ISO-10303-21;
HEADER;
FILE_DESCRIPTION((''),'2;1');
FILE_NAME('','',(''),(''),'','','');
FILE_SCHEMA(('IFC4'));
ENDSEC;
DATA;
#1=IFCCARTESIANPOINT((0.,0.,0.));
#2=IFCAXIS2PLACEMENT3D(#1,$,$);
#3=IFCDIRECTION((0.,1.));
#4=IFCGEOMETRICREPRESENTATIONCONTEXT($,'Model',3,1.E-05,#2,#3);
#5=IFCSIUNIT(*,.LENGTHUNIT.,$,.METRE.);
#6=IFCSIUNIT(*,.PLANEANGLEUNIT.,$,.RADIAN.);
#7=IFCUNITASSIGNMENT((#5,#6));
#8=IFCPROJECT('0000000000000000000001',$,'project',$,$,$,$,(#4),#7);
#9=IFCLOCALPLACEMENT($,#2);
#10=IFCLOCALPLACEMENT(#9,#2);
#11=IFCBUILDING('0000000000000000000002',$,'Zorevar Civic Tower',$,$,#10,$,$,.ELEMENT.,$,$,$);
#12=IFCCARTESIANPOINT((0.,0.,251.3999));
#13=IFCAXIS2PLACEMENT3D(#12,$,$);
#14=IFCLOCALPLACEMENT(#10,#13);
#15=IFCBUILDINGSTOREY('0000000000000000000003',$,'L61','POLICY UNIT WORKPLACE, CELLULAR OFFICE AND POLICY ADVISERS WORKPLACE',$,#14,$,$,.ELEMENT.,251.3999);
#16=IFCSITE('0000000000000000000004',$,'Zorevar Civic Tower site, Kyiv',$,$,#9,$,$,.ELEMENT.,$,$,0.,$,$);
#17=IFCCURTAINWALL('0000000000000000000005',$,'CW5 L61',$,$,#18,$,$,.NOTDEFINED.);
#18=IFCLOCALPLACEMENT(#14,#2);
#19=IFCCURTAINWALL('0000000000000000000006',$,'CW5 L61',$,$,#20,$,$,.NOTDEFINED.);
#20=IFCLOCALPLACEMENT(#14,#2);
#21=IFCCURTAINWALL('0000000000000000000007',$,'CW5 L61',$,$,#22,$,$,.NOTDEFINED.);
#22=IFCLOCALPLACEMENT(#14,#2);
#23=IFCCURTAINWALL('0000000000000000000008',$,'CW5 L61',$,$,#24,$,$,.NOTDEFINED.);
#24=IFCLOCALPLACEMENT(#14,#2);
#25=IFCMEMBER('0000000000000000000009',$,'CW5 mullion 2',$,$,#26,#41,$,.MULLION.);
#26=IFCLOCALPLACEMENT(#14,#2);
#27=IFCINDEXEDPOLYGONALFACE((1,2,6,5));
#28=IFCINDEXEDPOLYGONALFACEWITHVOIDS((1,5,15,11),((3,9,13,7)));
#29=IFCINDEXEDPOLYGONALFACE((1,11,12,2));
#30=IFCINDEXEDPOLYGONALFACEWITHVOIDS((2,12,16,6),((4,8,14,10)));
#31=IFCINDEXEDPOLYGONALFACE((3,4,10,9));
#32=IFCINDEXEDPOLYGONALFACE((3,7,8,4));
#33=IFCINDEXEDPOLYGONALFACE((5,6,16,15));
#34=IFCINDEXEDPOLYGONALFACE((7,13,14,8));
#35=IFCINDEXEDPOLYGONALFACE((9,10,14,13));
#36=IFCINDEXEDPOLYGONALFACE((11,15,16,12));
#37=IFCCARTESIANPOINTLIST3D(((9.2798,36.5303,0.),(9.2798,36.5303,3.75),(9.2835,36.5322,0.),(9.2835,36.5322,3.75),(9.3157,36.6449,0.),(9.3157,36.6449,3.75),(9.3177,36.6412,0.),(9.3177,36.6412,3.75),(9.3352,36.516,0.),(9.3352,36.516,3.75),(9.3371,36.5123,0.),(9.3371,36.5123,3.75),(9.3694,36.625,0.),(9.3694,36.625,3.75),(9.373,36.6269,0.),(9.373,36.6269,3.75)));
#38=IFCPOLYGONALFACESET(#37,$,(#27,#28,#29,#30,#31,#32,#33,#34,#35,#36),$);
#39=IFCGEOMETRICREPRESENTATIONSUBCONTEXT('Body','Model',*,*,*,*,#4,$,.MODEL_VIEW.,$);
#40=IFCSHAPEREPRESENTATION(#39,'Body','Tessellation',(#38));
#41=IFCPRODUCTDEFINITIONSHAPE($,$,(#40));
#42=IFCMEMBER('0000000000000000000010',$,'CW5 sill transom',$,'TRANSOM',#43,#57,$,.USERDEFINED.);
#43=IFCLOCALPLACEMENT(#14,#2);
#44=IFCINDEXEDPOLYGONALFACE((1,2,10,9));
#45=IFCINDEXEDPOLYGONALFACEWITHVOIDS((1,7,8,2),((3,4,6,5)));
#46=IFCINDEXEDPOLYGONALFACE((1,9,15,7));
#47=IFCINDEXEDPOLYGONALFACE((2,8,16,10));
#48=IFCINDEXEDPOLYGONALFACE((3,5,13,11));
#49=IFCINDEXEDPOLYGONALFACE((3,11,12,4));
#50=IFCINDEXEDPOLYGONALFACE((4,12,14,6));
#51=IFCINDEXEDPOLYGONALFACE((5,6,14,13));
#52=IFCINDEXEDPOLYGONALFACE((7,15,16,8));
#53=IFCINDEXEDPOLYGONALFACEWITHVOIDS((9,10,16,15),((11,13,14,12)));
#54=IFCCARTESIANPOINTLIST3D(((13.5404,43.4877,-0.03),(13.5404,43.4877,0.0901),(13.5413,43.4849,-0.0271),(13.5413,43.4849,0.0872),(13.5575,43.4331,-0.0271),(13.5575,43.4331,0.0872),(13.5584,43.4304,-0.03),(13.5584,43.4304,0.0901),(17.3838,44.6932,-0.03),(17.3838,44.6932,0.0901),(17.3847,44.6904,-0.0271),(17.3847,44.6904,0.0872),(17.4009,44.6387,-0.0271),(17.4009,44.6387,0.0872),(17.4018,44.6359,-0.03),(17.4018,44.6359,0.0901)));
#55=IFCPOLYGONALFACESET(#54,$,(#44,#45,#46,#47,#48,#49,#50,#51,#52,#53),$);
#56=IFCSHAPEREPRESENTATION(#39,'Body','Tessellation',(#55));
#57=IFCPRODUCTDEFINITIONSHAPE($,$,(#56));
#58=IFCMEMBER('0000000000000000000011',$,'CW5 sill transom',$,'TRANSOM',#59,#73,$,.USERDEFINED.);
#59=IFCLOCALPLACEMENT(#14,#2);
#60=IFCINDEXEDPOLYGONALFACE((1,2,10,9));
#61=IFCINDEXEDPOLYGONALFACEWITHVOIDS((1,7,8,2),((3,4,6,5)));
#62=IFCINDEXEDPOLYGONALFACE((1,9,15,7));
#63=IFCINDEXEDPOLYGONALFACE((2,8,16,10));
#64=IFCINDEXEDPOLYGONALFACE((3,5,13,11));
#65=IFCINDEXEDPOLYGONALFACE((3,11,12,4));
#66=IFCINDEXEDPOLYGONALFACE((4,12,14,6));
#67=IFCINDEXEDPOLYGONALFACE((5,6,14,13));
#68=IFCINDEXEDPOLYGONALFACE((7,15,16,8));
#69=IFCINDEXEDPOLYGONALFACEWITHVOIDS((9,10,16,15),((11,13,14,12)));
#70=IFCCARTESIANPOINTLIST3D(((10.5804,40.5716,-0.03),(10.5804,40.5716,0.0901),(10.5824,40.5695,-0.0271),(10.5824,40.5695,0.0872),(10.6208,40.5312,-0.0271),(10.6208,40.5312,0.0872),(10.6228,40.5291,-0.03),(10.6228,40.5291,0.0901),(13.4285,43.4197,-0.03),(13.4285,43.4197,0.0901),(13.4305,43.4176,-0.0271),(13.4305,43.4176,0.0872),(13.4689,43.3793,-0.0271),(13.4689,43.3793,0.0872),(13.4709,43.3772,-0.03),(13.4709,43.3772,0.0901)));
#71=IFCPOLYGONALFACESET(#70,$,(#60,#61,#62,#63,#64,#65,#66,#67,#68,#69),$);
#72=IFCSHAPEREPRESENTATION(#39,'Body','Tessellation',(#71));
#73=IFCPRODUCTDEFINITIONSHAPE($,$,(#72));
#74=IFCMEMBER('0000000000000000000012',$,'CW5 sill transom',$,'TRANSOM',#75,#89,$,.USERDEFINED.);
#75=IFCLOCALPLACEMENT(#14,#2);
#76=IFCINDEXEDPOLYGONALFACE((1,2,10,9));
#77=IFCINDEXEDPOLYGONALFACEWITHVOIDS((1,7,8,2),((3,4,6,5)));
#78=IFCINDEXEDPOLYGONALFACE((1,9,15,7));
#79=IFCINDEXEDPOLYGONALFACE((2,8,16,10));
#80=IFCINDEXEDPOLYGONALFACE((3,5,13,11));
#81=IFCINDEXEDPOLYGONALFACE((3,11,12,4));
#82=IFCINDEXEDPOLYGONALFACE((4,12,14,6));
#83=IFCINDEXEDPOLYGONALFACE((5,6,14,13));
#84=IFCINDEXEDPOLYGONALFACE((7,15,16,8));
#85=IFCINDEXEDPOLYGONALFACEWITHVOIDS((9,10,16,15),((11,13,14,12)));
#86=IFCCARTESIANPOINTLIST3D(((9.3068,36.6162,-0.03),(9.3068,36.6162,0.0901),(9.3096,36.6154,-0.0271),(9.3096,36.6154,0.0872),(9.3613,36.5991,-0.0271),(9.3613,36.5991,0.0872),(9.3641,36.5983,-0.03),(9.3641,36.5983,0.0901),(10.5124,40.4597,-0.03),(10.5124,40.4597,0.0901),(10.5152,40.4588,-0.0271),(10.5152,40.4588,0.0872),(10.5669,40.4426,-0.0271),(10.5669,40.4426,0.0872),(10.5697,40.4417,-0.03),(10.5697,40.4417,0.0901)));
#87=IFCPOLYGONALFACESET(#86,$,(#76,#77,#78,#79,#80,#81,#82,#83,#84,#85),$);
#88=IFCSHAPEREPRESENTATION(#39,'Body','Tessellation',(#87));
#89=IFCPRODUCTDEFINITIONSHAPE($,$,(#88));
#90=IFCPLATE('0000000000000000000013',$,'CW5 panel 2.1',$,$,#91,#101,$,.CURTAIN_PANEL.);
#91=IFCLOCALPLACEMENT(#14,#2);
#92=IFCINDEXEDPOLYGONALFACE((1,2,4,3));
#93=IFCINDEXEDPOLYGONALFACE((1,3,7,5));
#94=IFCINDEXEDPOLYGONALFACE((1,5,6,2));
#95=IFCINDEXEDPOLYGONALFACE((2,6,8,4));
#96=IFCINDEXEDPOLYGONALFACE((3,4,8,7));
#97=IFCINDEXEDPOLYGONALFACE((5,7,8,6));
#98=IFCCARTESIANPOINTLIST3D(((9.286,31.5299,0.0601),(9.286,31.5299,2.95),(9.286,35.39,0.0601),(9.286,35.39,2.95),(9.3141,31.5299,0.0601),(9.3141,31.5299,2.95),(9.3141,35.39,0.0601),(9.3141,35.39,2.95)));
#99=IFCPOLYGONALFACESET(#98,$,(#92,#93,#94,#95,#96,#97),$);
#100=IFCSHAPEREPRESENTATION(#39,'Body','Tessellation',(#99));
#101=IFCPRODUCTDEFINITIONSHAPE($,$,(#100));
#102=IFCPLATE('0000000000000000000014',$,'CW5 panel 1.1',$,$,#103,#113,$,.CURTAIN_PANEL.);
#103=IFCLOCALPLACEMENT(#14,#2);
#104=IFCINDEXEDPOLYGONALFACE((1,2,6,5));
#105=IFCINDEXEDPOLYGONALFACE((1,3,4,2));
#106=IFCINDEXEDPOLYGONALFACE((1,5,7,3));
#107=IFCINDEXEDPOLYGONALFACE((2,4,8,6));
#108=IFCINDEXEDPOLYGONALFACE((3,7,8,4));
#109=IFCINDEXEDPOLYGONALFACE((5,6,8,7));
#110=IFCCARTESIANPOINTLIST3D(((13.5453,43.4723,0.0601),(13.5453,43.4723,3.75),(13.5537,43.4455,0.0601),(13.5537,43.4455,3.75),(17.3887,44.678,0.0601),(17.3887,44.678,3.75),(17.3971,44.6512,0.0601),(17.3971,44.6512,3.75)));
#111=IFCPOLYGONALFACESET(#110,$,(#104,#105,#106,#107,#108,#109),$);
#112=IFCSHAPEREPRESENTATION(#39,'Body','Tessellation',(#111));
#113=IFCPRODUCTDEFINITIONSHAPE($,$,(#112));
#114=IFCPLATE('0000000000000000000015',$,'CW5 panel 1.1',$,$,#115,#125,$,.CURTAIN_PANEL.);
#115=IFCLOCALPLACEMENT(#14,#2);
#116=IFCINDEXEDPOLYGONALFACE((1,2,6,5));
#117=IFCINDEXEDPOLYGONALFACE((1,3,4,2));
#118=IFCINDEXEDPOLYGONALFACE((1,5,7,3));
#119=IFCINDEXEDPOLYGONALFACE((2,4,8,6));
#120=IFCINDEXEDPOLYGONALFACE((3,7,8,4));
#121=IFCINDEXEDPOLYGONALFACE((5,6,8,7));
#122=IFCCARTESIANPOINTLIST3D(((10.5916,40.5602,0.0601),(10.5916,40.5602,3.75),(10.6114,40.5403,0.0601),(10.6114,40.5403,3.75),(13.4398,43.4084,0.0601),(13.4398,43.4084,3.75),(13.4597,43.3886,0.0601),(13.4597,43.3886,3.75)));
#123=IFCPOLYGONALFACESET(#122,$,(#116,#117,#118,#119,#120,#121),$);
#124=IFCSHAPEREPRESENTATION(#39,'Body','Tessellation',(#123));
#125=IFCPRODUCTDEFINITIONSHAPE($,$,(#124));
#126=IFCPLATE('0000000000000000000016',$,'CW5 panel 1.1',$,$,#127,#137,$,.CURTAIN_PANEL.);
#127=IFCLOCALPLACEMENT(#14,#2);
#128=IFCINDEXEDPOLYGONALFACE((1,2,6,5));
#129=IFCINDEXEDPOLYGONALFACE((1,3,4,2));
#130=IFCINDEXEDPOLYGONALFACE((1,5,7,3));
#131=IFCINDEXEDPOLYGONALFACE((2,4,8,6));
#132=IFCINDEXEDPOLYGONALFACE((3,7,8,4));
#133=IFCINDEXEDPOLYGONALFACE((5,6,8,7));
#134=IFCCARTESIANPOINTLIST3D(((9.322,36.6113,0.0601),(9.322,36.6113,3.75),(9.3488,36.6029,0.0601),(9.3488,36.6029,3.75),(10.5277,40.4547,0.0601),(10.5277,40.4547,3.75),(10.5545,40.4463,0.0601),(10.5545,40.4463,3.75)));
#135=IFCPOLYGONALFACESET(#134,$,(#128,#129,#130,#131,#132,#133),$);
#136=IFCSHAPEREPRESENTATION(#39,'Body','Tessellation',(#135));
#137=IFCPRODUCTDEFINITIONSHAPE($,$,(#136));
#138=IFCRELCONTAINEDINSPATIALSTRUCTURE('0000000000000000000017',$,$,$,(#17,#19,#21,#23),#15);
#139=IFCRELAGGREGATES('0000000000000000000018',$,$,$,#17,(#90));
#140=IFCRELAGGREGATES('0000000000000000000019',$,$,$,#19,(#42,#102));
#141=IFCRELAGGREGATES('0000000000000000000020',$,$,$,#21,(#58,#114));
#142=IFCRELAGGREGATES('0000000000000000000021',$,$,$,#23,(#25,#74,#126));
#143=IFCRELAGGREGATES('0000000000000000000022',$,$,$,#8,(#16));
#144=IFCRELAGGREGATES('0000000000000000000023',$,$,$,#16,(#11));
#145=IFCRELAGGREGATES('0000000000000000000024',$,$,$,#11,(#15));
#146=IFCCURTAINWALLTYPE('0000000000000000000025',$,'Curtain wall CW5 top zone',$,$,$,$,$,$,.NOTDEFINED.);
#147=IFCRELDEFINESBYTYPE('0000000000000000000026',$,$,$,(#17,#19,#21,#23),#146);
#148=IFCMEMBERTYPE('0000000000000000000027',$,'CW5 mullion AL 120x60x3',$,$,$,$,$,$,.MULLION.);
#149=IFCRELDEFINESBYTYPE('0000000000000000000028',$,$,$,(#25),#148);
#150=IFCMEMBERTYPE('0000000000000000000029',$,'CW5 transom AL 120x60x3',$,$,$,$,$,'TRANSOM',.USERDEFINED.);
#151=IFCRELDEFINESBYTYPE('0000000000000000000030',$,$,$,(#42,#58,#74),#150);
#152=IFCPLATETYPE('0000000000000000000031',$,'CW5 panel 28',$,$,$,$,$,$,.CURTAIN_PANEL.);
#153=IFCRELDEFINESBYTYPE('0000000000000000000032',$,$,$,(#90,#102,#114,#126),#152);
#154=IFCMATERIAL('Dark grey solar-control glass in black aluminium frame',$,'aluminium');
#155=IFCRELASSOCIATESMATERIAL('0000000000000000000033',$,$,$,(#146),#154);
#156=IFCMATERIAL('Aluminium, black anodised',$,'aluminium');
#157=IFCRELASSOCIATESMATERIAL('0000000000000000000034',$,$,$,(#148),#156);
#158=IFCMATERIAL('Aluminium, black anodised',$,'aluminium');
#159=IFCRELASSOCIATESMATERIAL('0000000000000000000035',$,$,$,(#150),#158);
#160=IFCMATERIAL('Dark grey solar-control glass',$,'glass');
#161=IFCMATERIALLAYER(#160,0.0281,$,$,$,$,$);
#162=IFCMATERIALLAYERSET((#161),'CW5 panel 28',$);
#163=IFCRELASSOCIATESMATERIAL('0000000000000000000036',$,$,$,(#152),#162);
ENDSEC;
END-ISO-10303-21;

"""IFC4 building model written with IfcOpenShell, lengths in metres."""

from ifc_helpers import new_model, si_unit, direction, frame, origin, origin_2d, place, context, subcontext, project, spatial, rectangle, hollow_rectangle, extrude, material, layer, layer_set, material_profile, profile_set, type_object, element, aggregate, save


model = new_model("IFC4")

# Units and contexts
model_context = context("Model", 3, precision=1e-05, world=origin(), true_north=direction((0.0, 1.0)))
body_context = subcontext(model_context, "Body", "Model", "MODEL_VIEW")
ifc_project = project(units=[si_unit("LENGTHUNIT", "METRE"), si_unit("PLANEANGLEUNIT", "RADIAN")], contexts=[model_context])

# Site, building, storey
site_placement = place(None, origin())
site = spatial("IfcSite", under=ifc_project, at=site_placement, Name="Zorevar Civic Tower site, Kyiv", CompositionType="ELEMENT", RefElevation=0.0)
building_placement = place(site_placement, origin())
building = spatial("IfcBuilding", under=site, at=building_placement, Name="Zorevar Civic Tower", CompositionType="ELEMENT")
storey_placement = place(building_placement, frame((0.0, 0.0, 251.3999)))
storey = spatial("IfcBuildingStorey", under=building, at=storey_placement, Name="L61", Description="POLICY UNIT WORKPLACE, CELLULAR OFFICE AND POLICY ADVISERS WORKPLACE", CompositionType="ELEMENT", Elevation=251.3999)

# Curtain walls, member
ifc_material_1 = material(Name="Dark grey solar-control glass in black aluminium frame", Category="aluminium")
curtain_wall_type = type_object("IfcCurtainWallType", Name="Curtain wall CW5 top zone", PredefinedType="NOTDEFINED", material=ifc_material_1)
curtain_wall_1_placement = place(storey_placement, origin())
curtain_wall_1 = element("IfcCurtainWall", 1, at=curtain_wall_1_placement, inside=storey, type_object=curtain_wall_type, Name="CW5 L61", PredefinedType="NOTDEFINED")
ifc_material_2 = material(Name="Aluminium, black anodised", Category="aluminium")
ifc_material_profile_1 = material_profile(ifc_material_2, hollow_rectangle(XDim=0.0601, YDim=0.1201, WallThickness=0.0029, at=origin_2d()), Name="AL 120x60x3")
ifc_profile_set_1 = profile_set([ifc_material_profile_1], Name="Aluminium, black anodised")
member_type_1 = type_object("IfcMemberType", Name="CW5 mullion AL 120x60x3", PredefinedType="MULLION", material=ifc_profile_set_1)
curtain_wall_2_placement = place(storey_placement, origin())
curtain_wall_2 = element("IfcCurtainWall", 2, at=curtain_wall_2_placement, inside=storey, type_object=curtain_wall_type, Name="CW5 L61", PredefinedType="NOTDEFINED")
curtain_wall_3_placement = place(storey_placement, origin())
curtain_wall_3 = element("IfcCurtainWall", 3, at=curtain_wall_3_placement, inside=storey, type_object=curtain_wall_type, Name="CW5 L61", PredefinedType="NOTDEFINED")
curtain_wall_4_placement = place(storey_placement, origin())
curtain_wall_4 = element("IfcCurtainWall", 4, at=curtain_wall_4_placement, inside=storey, type_object=curtain_wall_type, Name="CW5 L61", PredefinedType="NOTDEFINED")
member_1_placement = place(storey_placement, frame((9.3264, 36.5786, 0.0), z_axis=(0.0, 0.0, 1.0), x_axis=(0.954153, -0.299318, 0.0)))
member_1 = element("IfcMember", 5, at=member_1_placement, type_object=member_type_1, Name="CW5 mullion 2", PredefinedType="MULLION", context=body_context, shape_type="SweptSolid", body=[
    extrude(hollow_rectangle(XDim=0.0601, YDim=0.1201, WallThickness=0.0029, at=origin_2d()), origin(), (0.0, 0.0, 1.0), 3.75),
])

# Members
ifc_material_3 = material(Name="Aluminium, black anodised", Category="aluminium")
ifc_material_profile_2 = material_profile(ifc_material_3, hollow_rectangle(XDim=0.0601, YDim=0.1201, WallThickness=0.0029, at=origin_2d()), Name="AL 120x60x3")
ifc_profile_set_2 = profile_set([ifc_material_profile_2], Name="Aluminium, black anodised")
member_type_2 = type_object("IfcMemberType", Name="CW5 transom AL 120x60x3", ElementType="TRANSOM", PredefinedType="USERDEFINED", material=ifc_profile_set_2)
member_2_placement = place(storey_placement, frame((17.3928, 44.6646, 0.03), z_axis=(-0.954163, -0.299286, 0.0), x_axis=(0.299286, -0.954163, 0.0)))
member_2 = element("IfcMember", 6, at=member_2_placement, type_object=member_type_2, Name="CW5 sill transom", ObjectType="TRANSOM", PredefinedType="USERDEFINED", context=body_context, shape_type="SweptSolid", body=[
    extrude(hollow_rectangle(XDim=0.0601, YDim=0.1201, WallThickness=0.0029, at=origin_2d()), origin(), (0.0, 0.0, 1.0), 4.0281),
])
member_3_placement = place(storey_placement, frame((13.4497, 43.3984, 0.03), z_axis=(-0.707107, -0.707107, 0.0), x_axis=(0.707107, -0.707107, 0.0)))
member_3 = element("IfcMember", 7, at=member_3_placement, type_object=member_type_2, Name="CW5 sill transom", ObjectType="TRANSOM", PredefinedType="USERDEFINED", context=body_context, shape_type="SweptSolid", body=[
    extrude(hollow_rectangle(XDim=0.0601, YDim=0.1201, WallThickness=0.0029, at=origin_2d()), origin(), (0.0, 0.0, 1.0), 4.0278),
])
member_4_placement = place(storey_placement, frame((10.541, 40.4507, 0.03), z_axis=(-0.299286, -0.954163, 0.0), x_axis=(0.954163, -0.299286, 0.0)))
member_4 = element("IfcMember", 8, at=member_4_placement, type_object=member_type_2, Name="CW5 sill transom", ObjectType="TRANSOM", PredefinedType="USERDEFINED", context=body_context, shape_type="SweptSolid", body=[
    extrude(hollow_rectangle(XDim=0.0601, YDim=0.1201, WallThickness=0.0029, at=origin_2d()), origin(), (0.0, 0.0, 1.0), 4.0281),
])

# Plates
ifc_material_4 = material(Name="Dark grey solar-control glass", Category="glass")
ifc_layer_1 = layer(ifc_material_4, 0.0281)
ifc_layer_set_1 = layer_set([ifc_layer_1], Name="CW5 panel 28")
plate_type = type_object("IfcPlateType", Name="CW5 panel 28", PredefinedType="CURTAIN_PANEL", material=ifc_layer_set_1)
plate_1_placement = place(storey_placement, frame((9.3, 33.46, 0.0601), z_axis=(0.0, 0.0, 1.0), x_axis=(0.0, 1.0, 0.0)))
plate_1 = element("IfcPlate", 9, at=plate_1_placement, type_object=plate_type, Name="CW5 panel 2.1", PredefinedType="CURTAIN_PANEL", context=body_context, shape_type="SweptSolid", body=[
    extrude(rectangle(XDim=3.8601, YDim=0.0281, at=origin_2d()), origin(), (0.0, 0.0, 1.0), 2.8899),
])
aggregate(curtain_wall_1, [plate_1])
plate_2_placement = place(storey_placement, frame((15.4712, 44.0618, 0.0601), z_axis=(0.0, 0.0, 1.0), x_axis=(-0.954153, -0.299318, 0.0)))
plate_2 = element("IfcPlate", 10, at=plate_2_placement, type_object=plate_type, Name="CW5 panel 1.1", PredefinedType="CURTAIN_PANEL", context=body_context, shape_type="SweptSolid", body=[
    extrude(rectangle(XDim=4.0281, YDim=0.0281, at=origin_2d()), origin(), (0.0, 0.0, 1.0), 3.6899),
])
aggregate(curtain_wall_2, [member_2, plate_2])
plate_3_placement = place(storey_placement, frame((12.0256, 41.9744, 0.0601), z_axis=(0.0, 0.0, 1.0), x_axis=(-0.707107, -0.707107, 0.0)))
plate_3 = element("IfcPlate", 11, at=plate_3_placement, type_object=plate_type, Name="CW5 panel 1.1", PredefinedType="CURTAIN_PANEL", context=body_context, shape_type="SweptSolid", body=[
    extrude(rectangle(XDim=4.0281, YDim=0.0281, at=origin_2d()), origin(), (0.0, 0.0, 1.0), 3.6899),
])
aggregate(curtain_wall_3, [member_3, plate_3])
plate_4_placement = place(storey_placement, frame((9.9382, 38.5288, 0.0601), z_axis=(0.0, 0.0, 1.0), x_axis=(-0.299318, -0.954153, 0.0)))
plate_4 = element("IfcPlate", 12, at=plate_4_placement, type_object=plate_type, Name="CW5 panel 1.1", PredefinedType="CURTAIN_PANEL", context=body_context, shape_type="SweptSolid", body=[
    extrude(rectangle(XDim=4.0281, YDim=0.0281, at=origin_2d()), origin(), (0.0, 0.0, 1.0), 3.6899),
])
aggregate(curtain_wall_4, [member_1, member_4, plate_4])

save(model, "model.ifc")
